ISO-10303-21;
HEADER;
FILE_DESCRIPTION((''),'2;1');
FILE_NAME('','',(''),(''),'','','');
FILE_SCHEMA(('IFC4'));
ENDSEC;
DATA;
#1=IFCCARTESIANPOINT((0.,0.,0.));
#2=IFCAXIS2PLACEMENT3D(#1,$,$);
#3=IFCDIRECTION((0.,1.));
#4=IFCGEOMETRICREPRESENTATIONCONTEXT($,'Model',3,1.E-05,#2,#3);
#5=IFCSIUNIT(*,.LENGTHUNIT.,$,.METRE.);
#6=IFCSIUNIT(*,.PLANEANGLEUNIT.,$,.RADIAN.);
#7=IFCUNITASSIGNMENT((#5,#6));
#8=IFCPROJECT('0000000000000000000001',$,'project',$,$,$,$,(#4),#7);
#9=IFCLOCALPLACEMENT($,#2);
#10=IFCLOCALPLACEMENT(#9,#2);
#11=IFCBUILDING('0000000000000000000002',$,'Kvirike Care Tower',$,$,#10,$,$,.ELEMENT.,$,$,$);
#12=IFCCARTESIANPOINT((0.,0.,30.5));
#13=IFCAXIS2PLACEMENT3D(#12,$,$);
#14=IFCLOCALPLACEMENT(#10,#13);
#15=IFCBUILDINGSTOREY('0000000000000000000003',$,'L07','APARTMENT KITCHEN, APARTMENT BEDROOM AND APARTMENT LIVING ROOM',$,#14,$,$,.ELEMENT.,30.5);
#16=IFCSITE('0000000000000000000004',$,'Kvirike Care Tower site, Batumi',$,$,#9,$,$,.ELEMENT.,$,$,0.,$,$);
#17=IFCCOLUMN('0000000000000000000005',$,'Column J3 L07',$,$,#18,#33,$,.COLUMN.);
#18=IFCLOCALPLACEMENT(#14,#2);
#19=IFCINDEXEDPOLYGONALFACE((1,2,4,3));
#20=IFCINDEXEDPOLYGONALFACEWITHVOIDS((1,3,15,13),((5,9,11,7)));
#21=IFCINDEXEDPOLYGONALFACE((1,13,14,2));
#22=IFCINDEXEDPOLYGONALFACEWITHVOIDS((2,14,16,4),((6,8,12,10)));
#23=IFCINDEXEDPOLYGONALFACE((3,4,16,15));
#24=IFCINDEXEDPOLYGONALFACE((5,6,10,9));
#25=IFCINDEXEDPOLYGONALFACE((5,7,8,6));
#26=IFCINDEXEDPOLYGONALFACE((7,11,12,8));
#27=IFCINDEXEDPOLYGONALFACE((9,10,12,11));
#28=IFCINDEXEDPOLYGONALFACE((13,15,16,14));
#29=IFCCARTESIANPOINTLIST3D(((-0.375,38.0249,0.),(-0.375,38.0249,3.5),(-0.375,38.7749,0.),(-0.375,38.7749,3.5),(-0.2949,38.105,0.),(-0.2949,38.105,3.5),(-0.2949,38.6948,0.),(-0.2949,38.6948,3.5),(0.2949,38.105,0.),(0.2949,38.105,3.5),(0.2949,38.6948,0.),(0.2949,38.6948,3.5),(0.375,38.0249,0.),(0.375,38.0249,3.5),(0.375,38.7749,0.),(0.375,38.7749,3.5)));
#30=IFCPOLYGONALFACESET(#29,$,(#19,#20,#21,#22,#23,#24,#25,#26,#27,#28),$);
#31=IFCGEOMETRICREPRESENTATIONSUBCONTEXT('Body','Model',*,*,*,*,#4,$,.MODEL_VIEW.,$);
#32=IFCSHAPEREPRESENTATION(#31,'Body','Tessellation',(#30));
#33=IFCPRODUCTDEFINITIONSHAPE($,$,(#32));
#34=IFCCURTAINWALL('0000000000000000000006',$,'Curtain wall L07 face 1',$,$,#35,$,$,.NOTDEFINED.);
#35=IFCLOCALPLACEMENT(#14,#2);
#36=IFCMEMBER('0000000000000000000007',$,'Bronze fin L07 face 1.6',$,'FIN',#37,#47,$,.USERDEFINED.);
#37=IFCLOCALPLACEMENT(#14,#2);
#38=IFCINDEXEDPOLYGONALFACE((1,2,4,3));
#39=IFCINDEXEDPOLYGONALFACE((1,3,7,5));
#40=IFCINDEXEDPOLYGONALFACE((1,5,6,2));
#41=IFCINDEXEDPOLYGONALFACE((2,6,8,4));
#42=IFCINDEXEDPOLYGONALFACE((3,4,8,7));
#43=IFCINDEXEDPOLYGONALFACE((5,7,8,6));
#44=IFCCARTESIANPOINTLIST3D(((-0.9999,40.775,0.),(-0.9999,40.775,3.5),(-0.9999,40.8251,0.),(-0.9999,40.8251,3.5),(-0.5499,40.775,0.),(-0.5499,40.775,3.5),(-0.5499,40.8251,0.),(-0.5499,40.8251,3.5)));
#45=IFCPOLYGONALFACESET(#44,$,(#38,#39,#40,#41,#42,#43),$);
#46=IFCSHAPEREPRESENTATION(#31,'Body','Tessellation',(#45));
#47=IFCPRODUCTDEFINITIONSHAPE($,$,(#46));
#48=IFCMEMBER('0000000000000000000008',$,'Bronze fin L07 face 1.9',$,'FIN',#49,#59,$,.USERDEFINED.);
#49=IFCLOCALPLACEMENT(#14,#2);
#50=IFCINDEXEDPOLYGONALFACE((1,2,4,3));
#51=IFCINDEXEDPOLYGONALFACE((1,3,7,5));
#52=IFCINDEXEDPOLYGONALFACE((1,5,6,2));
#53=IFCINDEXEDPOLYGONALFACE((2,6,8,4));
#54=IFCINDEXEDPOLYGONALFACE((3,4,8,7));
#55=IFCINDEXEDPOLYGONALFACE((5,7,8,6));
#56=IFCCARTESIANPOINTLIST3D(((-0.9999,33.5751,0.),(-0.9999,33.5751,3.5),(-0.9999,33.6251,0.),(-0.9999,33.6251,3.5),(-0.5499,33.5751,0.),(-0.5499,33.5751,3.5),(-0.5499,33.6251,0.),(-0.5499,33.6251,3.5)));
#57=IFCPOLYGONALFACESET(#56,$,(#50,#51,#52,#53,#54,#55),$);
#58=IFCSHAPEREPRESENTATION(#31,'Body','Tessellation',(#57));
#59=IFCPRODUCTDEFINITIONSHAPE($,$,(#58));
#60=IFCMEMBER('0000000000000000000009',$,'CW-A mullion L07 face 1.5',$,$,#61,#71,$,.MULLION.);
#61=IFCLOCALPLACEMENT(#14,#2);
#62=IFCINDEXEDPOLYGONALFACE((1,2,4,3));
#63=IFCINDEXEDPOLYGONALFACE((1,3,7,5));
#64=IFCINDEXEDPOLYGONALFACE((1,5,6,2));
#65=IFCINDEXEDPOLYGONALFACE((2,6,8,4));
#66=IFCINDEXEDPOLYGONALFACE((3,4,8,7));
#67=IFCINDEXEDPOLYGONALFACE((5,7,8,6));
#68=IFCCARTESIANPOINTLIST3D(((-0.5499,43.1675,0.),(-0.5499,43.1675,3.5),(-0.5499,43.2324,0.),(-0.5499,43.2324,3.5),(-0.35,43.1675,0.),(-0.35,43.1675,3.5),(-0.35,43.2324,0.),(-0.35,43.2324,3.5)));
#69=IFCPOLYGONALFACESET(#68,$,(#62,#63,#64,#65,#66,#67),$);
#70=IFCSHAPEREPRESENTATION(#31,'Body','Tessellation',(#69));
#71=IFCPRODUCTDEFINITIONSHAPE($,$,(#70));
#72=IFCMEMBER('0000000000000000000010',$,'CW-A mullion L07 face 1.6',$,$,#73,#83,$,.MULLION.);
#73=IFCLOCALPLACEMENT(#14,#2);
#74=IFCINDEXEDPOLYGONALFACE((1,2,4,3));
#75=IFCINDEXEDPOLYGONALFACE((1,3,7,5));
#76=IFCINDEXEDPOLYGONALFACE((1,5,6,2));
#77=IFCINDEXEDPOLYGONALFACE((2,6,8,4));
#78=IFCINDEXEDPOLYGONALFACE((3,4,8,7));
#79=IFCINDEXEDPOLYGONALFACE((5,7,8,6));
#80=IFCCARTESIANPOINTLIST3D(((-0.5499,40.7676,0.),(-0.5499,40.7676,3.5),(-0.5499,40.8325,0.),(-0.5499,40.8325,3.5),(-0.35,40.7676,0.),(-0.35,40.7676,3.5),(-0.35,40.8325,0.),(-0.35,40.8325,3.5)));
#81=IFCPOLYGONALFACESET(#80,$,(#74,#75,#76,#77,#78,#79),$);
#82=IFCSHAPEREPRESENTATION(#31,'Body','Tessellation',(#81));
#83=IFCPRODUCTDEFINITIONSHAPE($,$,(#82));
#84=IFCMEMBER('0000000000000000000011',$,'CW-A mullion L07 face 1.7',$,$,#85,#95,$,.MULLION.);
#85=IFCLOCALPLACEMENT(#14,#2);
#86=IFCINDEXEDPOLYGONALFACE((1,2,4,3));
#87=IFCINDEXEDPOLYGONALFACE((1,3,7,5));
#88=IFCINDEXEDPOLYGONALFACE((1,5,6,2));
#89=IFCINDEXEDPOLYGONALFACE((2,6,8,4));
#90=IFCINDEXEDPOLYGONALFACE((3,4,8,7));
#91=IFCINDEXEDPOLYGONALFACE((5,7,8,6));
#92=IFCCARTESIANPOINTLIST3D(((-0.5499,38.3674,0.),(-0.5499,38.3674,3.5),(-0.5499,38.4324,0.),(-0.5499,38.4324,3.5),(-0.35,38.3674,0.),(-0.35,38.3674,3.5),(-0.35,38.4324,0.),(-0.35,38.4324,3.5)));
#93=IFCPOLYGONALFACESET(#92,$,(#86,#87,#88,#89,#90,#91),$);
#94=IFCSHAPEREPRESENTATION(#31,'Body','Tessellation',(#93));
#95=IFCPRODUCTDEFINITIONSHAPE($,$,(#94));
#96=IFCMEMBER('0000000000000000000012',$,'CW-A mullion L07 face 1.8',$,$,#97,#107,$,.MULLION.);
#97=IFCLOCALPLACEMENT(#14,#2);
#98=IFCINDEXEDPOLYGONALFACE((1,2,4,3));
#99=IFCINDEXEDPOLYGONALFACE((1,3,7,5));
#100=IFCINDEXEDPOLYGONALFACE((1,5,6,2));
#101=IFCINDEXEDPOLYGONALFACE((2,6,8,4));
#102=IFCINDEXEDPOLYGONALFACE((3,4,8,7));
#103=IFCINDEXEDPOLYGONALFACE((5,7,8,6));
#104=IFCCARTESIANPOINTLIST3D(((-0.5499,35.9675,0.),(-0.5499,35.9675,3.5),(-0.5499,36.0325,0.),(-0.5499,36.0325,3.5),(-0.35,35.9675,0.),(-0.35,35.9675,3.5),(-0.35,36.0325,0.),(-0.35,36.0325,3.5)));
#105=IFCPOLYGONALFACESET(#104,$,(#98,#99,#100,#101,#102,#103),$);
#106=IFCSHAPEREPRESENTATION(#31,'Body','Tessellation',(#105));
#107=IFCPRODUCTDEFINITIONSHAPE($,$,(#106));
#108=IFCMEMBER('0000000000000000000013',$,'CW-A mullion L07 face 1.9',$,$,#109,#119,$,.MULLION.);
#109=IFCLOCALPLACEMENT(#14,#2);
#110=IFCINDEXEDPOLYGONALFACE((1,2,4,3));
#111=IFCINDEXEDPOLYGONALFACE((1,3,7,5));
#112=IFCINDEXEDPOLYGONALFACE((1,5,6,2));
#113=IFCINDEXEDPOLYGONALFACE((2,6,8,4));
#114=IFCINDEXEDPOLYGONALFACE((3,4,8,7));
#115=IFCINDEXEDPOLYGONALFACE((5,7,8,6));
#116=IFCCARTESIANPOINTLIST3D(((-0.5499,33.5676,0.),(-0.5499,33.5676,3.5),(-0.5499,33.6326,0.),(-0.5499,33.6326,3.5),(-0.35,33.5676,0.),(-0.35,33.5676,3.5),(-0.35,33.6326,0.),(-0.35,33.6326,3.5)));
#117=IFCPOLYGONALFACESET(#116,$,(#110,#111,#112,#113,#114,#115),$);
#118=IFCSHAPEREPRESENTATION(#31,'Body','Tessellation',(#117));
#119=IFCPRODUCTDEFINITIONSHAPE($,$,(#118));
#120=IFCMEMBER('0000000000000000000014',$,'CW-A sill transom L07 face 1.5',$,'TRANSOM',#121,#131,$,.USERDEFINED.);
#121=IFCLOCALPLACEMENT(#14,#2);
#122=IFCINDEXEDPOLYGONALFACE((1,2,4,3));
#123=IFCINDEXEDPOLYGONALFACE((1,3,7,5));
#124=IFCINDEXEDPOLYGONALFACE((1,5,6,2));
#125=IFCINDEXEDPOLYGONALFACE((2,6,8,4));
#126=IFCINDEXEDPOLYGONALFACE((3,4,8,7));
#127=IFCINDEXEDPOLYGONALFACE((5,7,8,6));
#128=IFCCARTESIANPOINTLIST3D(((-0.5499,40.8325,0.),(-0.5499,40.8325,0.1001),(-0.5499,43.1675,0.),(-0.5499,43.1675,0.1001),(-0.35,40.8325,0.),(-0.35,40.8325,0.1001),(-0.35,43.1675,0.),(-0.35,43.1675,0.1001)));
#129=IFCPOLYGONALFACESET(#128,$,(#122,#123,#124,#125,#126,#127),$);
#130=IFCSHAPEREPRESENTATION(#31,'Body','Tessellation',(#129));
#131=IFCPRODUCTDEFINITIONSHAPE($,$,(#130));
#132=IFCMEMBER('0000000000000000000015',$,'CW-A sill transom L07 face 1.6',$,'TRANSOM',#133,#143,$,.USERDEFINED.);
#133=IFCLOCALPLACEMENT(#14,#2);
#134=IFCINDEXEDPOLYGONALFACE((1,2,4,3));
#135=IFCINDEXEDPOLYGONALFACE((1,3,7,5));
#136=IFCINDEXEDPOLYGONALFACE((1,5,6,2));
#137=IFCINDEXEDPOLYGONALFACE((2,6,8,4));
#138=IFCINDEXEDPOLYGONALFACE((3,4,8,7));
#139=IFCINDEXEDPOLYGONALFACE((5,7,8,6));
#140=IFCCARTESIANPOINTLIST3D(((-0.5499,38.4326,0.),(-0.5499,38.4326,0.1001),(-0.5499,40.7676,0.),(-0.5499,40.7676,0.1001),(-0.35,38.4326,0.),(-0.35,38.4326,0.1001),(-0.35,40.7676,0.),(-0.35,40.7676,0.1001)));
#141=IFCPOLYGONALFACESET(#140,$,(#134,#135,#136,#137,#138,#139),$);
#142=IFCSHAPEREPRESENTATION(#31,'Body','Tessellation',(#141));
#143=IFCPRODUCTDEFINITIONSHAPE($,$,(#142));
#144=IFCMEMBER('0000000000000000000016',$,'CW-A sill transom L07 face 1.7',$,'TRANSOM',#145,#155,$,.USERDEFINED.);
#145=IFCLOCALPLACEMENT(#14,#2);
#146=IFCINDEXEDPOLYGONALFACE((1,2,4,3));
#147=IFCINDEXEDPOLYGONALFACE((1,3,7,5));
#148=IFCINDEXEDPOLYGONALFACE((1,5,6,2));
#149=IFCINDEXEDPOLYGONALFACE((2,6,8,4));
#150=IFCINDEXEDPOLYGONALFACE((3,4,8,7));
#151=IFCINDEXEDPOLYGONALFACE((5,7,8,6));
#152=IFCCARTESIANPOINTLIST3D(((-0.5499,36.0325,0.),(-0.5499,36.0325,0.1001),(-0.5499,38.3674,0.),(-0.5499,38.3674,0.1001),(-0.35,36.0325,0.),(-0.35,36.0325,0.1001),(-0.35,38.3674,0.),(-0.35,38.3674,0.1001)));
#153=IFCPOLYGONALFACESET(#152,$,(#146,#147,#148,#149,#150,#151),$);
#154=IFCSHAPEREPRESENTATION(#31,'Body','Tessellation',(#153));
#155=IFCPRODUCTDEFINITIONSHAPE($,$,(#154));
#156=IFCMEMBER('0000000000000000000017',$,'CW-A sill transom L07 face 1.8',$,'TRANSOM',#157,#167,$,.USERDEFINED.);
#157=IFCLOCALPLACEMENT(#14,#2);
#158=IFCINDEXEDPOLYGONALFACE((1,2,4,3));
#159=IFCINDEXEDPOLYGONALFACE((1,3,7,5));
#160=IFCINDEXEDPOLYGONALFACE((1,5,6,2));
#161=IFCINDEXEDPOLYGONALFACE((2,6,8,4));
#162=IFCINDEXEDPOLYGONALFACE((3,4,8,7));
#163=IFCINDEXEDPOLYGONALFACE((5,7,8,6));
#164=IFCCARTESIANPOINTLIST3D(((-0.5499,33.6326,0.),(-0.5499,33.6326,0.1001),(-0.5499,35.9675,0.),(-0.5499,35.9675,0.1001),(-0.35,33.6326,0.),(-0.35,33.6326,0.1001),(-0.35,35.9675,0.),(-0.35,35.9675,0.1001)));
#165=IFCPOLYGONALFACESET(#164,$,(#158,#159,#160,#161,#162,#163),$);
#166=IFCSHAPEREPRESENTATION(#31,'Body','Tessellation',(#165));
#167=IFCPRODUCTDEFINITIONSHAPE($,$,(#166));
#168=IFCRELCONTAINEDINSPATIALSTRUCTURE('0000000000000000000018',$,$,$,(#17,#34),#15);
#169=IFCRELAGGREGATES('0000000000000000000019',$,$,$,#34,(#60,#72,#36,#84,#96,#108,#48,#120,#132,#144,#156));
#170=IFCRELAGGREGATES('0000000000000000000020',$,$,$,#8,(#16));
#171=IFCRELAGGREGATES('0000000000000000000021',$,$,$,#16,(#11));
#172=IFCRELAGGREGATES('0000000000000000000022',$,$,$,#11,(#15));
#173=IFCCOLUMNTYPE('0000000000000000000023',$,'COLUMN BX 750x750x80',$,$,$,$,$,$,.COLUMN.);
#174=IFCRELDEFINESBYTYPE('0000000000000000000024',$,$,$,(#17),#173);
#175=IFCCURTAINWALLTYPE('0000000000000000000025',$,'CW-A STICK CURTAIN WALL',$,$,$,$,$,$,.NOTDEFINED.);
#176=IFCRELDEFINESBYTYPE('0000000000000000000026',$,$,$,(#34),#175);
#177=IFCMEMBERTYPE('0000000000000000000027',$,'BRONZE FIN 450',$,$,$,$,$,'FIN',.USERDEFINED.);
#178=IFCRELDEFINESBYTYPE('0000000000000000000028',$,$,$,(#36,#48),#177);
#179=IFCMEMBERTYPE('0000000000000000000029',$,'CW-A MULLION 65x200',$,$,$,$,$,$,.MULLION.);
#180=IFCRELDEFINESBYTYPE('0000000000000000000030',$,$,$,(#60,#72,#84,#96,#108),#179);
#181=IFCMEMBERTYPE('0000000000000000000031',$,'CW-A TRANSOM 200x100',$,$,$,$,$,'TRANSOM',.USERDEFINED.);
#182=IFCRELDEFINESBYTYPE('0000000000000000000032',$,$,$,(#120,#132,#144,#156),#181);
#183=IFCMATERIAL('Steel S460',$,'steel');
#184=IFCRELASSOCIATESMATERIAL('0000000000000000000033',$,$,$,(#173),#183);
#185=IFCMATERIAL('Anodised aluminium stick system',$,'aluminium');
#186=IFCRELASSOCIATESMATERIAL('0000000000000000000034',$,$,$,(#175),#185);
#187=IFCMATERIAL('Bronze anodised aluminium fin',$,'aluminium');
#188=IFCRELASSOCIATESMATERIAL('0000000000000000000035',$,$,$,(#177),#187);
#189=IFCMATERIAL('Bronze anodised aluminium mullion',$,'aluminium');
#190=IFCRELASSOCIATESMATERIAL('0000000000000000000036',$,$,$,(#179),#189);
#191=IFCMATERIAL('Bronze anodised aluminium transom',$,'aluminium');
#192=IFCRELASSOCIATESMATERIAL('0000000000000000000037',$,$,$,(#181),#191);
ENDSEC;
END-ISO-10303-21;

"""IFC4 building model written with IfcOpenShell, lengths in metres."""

from ifc_helpers import new_model, si_unit, direction, frame, origin, origin_2d, place, context, subcontext, project, spatial, rectangle, hollow_rectangle, extrude, material, material_profile, profile_set, type_object, element, aggregate, save


model = new_model("IFC4")

# Units and contexts
model_context = context("Model", 3, precision=1e-05, world=origin(), true_north=direction((0.0, 1.0)))
body_context = subcontext(model_context, "Body", "Model", "MODEL_VIEW")
ifc_project = project(units=[si_unit("LENGTHUNIT", "METRE"), si_unit("PLANEANGLEUNIT", "RADIAN")], contexts=[model_context])

# Site, building, storey
site_placement = place(None, origin())
site = spatial("IfcSite", under=ifc_project, at=site_placement, Name="Kvirike Care Tower site, Batumi", CompositionType="ELEMENT", RefElevation=0.0)
building_placement = place(site_placement, origin())
building = spatial("IfcBuilding", under=site, at=building_placement, Name="Kvirike Care Tower", CompositionType="ELEMENT")
storey_placement = place(building_placement, frame((0.0, 0.0, 30.5)))
storey = spatial("IfcBuildingStorey", under=building, at=storey_placement, Name="L07", Description="APARTMENT KITCHEN, APARTMENT BEDROOM AND APARTMENT LIVING ROOM", CompositionType="ELEMENT", Elevation=30.5)

# Column
ifc_material_1 = material(Name="Steel S460", Category="steel")
ifc_material_profile_1 = material_profile(ifc_material_1, hollow_rectangle(XDim=0.75, YDim=0.75, WallThickness=0.0801, at=origin_2d()), Name="BX 750x750x80")
ifc_profile_set_1 = profile_set([ifc_material_profile_1], Name="Steel S460")
column_type = type_object("IfcColumnType", Name="COLUMN BX 750x750x80", PredefinedType="COLUMN", material=ifc_profile_set_1)
column_placement = place(storey_placement, frame((0.0, 38.3999, 0.0), z_axis=(0.0, 0.0, 1.0), x_axis=(1.0, 0.0, 0.0)))
element("IfcColumn", 1, at=column_placement, inside=storey, type_object=column_type, Name="Column J3 L07", PredefinedType="COLUMN", context=body_context, shape_type="SweptSolid", body=[
    extrude(hollow_rectangle(XDim=0.75, YDim=0.75, WallThickness=0.0801, at=origin_2d()), origin(), (0.0, 0.0, 1.0), 3.5),
])

# Curtain wall, members
ifc_material_2 = material(Name="Anodised aluminium stick system", Category="aluminium")
curtain_wall_type = type_object("IfcCurtainWallType", Name="CW-A STICK CURTAIN WALL", PredefinedType="NOTDEFINED", material=ifc_material_2)
curtain_wall_placement = place(storey_placement, origin())
curtain_wall = element("IfcCurtainWall", 2, at=curtain_wall_placement, inside=storey, type_object=curtain_wall_type, Name="Curtain wall L07 face 1", PredefinedType="NOTDEFINED")
ifc_material_3 = material(Name="Bronze anodised aluminium fin", Category="aluminium")
ifc_material_profile_2 = material_profile(ifc_material_3, rectangle(XDim=0.05, YDim=0.45, at=origin_2d()), Name="BRONZE FIN 450")
ifc_profile_set_2 = profile_set([ifc_material_profile_2], Name="Bronze anodised aluminium fin")
member_type_1 = type_object("IfcMemberType", Name="BRONZE FIN 450", ElementType="FIN", PredefinedType="USERDEFINED", material=ifc_profile_set_2)
member_1_placement = place(storey_placement, frame((-0.7749, 40.8, 0.0), z_axis=(0.0, 0.0, 1.0), x_axis=(0.0, -1.0, 0.0)))
member_1 = element("IfcMember", 3, at=member_1_placement, type_object=member_type_1, Name="Bronze fin L07 face 1.6", ObjectType="FIN", PredefinedType="USERDEFINED", context=body_context, shape_type="SweptSolid", body=[
    extrude(rectangle(XDim=0.05, YDim=0.45, at=origin_2d()), origin(), (0.0, 0.0, 1.0), 3.5),
])
member_2_placement = place(storey_placement, frame((-0.7749, 33.6001, 0.0), z_axis=(0.0, 0.0, 1.0), x_axis=(0.0, -1.0, 0.0)))
member_2 = element("IfcMember", 4, at=member_2_placement, type_object=member_type_1, Name="Bronze fin L07 face 1.9", ObjectType="FIN", PredefinedType="USERDEFINED", context=body_context, shape_type="SweptSolid", body=[
    extrude(rectangle(XDim=0.05, YDim=0.45, at=origin_2d()), origin(), (0.0, 0.0, 1.0), 3.5),
])
ifc_material_4 = material(Name="Bronze anodised aluminium mullion", Category="aluminium")
ifc_material_profile_3 = material_profile(ifc_material_4, rectangle(XDim=0.0649, YDim=0.2, at=origin_2d()), Name="CW-A MULLION 65x200")
ifc_profile_set_3 = profile_set([ifc_material_profile_3], Name="Bronze anodised aluminium mullion")
member_type_2 = type_object("IfcMemberType", Name="CW-A MULLION 65x200", PredefinedType="MULLION", material=ifc_profile_set_3)
member_3_placement = place(storey_placement, frame((-0.45, 43.2, 0.0), z_axis=(0.0, 0.0, 1.0), x_axis=(0.0, -1.0, 0.0)))
member_3 = element("IfcMember", 5, at=member_3_placement, type_object=member_type_2, Name="CW-A mullion L07 face 1.5", PredefinedType="MULLION", context=body_context, shape_type="SweptSolid", body=[
    extrude(rectangle(XDim=0.0649, YDim=0.2, at=origin_2d()), origin(), (0.0, 0.0, 1.0), 3.5),
])
member_4_placement = place(storey_placement, frame((-0.45, 40.8, 0.0), z_axis=(0.0, 0.0, 1.0), x_axis=(0.0, -1.0, 0.0)))
member_4 = element("IfcMember", 6, at=member_4_placement, type_object=member_type_2, Name="CW-A mullion L07 face 1.6", PredefinedType="MULLION", context=body_context, shape_type="SweptSolid", body=[
    extrude(rectangle(XDim=0.0649, YDim=0.2, at=origin_2d()), origin(), (0.0, 0.0, 1.0), 3.5),
])
member_5_placement = place(storey_placement, frame((-0.45, 38.3999, 0.0), z_axis=(0.0, 0.0, 1.0), x_axis=(0.0, -1.0, 0.0)))
member_5 = element("IfcMember", 7, at=member_5_placement, type_object=member_type_2, Name="CW-A mullion L07 face 1.7", PredefinedType="MULLION", context=body_context, shape_type="SweptSolid", body=[
    extrude(rectangle(XDim=0.0649, YDim=0.2, at=origin_2d()), origin(), (0.0, 0.0, 1.0), 3.5),
])
member_6_placement = place(storey_placement, frame((-0.45, 36.0, 0.0), z_axis=(0.0, 0.0, 1.0), x_axis=(0.0, -1.0, 0.0)))
member_6 = element("IfcMember", 8, at=member_6_placement, type_object=member_type_2, Name="CW-A mullion L07 face 1.8", PredefinedType="MULLION", context=body_context, shape_type="SweptSolid", body=[
    extrude(rectangle(XDim=0.0649, YDim=0.2, at=origin_2d()), origin(), (0.0, 0.0, 1.0), 3.5),
])
member_7_placement = place(storey_placement, frame((-0.45, 33.6001, 0.0), z_axis=(0.0, 0.0, 1.0), x_axis=(0.0, -1.0, 0.0)))
member_7 = element("IfcMember", 9, at=member_7_placement, type_object=member_type_2, Name="CW-A mullion L07 face 1.9", PredefinedType="MULLION", context=body_context, shape_type="SweptSolid", body=[
    extrude(rectangle(XDim=0.0649, YDim=0.2, at=origin_2d()), origin(), (0.0, 0.0, 1.0), 3.5),
])
ifc_material_5 = material(Name="Bronze anodised aluminium transom", Category="aluminium")
ifc_material_profile_4 = material_profile(ifc_material_5, rectangle(XDim=0.2, YDim=0.1001, at=origin_2d()), Name="CW-A TRANSOM 200x100")
ifc_profile_set_4 = profile_set([ifc_material_profile_4], Name="Bronze anodised aluminium transom")
member_type_3 = type_object("IfcMemberType", Name="CW-A TRANSOM 200x100", ElementType="TRANSOM", PredefinedType="USERDEFINED", material=ifc_profile_set_4)
member_8_placement = place(storey_placement, frame((-0.45, 43.1675, 0.05), z_axis=(0.0, -1.0, 0.0), x_axis=(1.0, 0.0, 0.0)))
member_8 = element("IfcMember", 10, at=member_8_placement, type_object=member_type_3, Name="CW-A sill transom L07 face 1.5", ObjectType="TRANSOM", PredefinedType="USERDEFINED", context=body_context, shape_type="SweptSolid", body=[
    extrude(rectangle(XDim=0.2, YDim=0.1001, at=origin_2d()), origin(), (0.0, 0.0, 1.0), 2.335),
])
member_9_placement = place(storey_placement, frame((-0.45, 40.7676, 0.05), z_axis=(0.0, -1.0, 0.0), x_axis=(1.0, 0.0, 0.0)))
member_9 = element("IfcMember", 11, at=member_9_placement, type_object=member_type_3, Name="CW-A sill transom L07 face 1.6", ObjectType="TRANSOM", PredefinedType="USERDEFINED", context=body_context, shape_type="SweptSolid", body=[
    extrude(rectangle(XDim=0.2, YDim=0.1001, at=origin_2d()), origin(), (0.0, 0.0, 1.0), 2.335),
])
member_10_placement = place(storey_placement, frame((-0.45, 38.3674, 0.05), z_axis=(0.0, -1.0, 0.0), x_axis=(1.0, 0.0, 0.0)))
member_10 = element("IfcMember", 12, at=member_10_placement, type_object=member_type_3, Name="CW-A sill transom L07 face 1.7", ObjectType="TRANSOM", PredefinedType="USERDEFINED", context=body_context, shape_type="SweptSolid", body=[
    extrude(rectangle(XDim=0.2, YDim=0.1001, at=origin_2d()), origin(), (0.0, 0.0, 1.0), 2.335),
])
member_11_placement = place(storey_placement, frame((-0.45, 35.9675, 0.05), z_axis=(0.0, -1.0, 0.0), x_axis=(1.0, 0.0, 0.0)))
member_11 = element("IfcMember", 13, at=member_11_placement, type_object=member_type_3, Name="CW-A sill transom L07 face 1.8", ObjectType="TRANSOM", PredefinedType="USERDEFINED", context=body_context, shape_type="SweptSolid", body=[
    extrude(rectangle(XDim=0.2, YDim=0.1001, at=origin_2d()), origin(), (0.0, 0.0, 1.0), 2.335),
])

aggregate(curtain_wall, [member_3, member_4, member_1, member_5, member_6, member_7, member_2, member_8, member_9, member_10, member_11])

save(model, "model.ifc")
